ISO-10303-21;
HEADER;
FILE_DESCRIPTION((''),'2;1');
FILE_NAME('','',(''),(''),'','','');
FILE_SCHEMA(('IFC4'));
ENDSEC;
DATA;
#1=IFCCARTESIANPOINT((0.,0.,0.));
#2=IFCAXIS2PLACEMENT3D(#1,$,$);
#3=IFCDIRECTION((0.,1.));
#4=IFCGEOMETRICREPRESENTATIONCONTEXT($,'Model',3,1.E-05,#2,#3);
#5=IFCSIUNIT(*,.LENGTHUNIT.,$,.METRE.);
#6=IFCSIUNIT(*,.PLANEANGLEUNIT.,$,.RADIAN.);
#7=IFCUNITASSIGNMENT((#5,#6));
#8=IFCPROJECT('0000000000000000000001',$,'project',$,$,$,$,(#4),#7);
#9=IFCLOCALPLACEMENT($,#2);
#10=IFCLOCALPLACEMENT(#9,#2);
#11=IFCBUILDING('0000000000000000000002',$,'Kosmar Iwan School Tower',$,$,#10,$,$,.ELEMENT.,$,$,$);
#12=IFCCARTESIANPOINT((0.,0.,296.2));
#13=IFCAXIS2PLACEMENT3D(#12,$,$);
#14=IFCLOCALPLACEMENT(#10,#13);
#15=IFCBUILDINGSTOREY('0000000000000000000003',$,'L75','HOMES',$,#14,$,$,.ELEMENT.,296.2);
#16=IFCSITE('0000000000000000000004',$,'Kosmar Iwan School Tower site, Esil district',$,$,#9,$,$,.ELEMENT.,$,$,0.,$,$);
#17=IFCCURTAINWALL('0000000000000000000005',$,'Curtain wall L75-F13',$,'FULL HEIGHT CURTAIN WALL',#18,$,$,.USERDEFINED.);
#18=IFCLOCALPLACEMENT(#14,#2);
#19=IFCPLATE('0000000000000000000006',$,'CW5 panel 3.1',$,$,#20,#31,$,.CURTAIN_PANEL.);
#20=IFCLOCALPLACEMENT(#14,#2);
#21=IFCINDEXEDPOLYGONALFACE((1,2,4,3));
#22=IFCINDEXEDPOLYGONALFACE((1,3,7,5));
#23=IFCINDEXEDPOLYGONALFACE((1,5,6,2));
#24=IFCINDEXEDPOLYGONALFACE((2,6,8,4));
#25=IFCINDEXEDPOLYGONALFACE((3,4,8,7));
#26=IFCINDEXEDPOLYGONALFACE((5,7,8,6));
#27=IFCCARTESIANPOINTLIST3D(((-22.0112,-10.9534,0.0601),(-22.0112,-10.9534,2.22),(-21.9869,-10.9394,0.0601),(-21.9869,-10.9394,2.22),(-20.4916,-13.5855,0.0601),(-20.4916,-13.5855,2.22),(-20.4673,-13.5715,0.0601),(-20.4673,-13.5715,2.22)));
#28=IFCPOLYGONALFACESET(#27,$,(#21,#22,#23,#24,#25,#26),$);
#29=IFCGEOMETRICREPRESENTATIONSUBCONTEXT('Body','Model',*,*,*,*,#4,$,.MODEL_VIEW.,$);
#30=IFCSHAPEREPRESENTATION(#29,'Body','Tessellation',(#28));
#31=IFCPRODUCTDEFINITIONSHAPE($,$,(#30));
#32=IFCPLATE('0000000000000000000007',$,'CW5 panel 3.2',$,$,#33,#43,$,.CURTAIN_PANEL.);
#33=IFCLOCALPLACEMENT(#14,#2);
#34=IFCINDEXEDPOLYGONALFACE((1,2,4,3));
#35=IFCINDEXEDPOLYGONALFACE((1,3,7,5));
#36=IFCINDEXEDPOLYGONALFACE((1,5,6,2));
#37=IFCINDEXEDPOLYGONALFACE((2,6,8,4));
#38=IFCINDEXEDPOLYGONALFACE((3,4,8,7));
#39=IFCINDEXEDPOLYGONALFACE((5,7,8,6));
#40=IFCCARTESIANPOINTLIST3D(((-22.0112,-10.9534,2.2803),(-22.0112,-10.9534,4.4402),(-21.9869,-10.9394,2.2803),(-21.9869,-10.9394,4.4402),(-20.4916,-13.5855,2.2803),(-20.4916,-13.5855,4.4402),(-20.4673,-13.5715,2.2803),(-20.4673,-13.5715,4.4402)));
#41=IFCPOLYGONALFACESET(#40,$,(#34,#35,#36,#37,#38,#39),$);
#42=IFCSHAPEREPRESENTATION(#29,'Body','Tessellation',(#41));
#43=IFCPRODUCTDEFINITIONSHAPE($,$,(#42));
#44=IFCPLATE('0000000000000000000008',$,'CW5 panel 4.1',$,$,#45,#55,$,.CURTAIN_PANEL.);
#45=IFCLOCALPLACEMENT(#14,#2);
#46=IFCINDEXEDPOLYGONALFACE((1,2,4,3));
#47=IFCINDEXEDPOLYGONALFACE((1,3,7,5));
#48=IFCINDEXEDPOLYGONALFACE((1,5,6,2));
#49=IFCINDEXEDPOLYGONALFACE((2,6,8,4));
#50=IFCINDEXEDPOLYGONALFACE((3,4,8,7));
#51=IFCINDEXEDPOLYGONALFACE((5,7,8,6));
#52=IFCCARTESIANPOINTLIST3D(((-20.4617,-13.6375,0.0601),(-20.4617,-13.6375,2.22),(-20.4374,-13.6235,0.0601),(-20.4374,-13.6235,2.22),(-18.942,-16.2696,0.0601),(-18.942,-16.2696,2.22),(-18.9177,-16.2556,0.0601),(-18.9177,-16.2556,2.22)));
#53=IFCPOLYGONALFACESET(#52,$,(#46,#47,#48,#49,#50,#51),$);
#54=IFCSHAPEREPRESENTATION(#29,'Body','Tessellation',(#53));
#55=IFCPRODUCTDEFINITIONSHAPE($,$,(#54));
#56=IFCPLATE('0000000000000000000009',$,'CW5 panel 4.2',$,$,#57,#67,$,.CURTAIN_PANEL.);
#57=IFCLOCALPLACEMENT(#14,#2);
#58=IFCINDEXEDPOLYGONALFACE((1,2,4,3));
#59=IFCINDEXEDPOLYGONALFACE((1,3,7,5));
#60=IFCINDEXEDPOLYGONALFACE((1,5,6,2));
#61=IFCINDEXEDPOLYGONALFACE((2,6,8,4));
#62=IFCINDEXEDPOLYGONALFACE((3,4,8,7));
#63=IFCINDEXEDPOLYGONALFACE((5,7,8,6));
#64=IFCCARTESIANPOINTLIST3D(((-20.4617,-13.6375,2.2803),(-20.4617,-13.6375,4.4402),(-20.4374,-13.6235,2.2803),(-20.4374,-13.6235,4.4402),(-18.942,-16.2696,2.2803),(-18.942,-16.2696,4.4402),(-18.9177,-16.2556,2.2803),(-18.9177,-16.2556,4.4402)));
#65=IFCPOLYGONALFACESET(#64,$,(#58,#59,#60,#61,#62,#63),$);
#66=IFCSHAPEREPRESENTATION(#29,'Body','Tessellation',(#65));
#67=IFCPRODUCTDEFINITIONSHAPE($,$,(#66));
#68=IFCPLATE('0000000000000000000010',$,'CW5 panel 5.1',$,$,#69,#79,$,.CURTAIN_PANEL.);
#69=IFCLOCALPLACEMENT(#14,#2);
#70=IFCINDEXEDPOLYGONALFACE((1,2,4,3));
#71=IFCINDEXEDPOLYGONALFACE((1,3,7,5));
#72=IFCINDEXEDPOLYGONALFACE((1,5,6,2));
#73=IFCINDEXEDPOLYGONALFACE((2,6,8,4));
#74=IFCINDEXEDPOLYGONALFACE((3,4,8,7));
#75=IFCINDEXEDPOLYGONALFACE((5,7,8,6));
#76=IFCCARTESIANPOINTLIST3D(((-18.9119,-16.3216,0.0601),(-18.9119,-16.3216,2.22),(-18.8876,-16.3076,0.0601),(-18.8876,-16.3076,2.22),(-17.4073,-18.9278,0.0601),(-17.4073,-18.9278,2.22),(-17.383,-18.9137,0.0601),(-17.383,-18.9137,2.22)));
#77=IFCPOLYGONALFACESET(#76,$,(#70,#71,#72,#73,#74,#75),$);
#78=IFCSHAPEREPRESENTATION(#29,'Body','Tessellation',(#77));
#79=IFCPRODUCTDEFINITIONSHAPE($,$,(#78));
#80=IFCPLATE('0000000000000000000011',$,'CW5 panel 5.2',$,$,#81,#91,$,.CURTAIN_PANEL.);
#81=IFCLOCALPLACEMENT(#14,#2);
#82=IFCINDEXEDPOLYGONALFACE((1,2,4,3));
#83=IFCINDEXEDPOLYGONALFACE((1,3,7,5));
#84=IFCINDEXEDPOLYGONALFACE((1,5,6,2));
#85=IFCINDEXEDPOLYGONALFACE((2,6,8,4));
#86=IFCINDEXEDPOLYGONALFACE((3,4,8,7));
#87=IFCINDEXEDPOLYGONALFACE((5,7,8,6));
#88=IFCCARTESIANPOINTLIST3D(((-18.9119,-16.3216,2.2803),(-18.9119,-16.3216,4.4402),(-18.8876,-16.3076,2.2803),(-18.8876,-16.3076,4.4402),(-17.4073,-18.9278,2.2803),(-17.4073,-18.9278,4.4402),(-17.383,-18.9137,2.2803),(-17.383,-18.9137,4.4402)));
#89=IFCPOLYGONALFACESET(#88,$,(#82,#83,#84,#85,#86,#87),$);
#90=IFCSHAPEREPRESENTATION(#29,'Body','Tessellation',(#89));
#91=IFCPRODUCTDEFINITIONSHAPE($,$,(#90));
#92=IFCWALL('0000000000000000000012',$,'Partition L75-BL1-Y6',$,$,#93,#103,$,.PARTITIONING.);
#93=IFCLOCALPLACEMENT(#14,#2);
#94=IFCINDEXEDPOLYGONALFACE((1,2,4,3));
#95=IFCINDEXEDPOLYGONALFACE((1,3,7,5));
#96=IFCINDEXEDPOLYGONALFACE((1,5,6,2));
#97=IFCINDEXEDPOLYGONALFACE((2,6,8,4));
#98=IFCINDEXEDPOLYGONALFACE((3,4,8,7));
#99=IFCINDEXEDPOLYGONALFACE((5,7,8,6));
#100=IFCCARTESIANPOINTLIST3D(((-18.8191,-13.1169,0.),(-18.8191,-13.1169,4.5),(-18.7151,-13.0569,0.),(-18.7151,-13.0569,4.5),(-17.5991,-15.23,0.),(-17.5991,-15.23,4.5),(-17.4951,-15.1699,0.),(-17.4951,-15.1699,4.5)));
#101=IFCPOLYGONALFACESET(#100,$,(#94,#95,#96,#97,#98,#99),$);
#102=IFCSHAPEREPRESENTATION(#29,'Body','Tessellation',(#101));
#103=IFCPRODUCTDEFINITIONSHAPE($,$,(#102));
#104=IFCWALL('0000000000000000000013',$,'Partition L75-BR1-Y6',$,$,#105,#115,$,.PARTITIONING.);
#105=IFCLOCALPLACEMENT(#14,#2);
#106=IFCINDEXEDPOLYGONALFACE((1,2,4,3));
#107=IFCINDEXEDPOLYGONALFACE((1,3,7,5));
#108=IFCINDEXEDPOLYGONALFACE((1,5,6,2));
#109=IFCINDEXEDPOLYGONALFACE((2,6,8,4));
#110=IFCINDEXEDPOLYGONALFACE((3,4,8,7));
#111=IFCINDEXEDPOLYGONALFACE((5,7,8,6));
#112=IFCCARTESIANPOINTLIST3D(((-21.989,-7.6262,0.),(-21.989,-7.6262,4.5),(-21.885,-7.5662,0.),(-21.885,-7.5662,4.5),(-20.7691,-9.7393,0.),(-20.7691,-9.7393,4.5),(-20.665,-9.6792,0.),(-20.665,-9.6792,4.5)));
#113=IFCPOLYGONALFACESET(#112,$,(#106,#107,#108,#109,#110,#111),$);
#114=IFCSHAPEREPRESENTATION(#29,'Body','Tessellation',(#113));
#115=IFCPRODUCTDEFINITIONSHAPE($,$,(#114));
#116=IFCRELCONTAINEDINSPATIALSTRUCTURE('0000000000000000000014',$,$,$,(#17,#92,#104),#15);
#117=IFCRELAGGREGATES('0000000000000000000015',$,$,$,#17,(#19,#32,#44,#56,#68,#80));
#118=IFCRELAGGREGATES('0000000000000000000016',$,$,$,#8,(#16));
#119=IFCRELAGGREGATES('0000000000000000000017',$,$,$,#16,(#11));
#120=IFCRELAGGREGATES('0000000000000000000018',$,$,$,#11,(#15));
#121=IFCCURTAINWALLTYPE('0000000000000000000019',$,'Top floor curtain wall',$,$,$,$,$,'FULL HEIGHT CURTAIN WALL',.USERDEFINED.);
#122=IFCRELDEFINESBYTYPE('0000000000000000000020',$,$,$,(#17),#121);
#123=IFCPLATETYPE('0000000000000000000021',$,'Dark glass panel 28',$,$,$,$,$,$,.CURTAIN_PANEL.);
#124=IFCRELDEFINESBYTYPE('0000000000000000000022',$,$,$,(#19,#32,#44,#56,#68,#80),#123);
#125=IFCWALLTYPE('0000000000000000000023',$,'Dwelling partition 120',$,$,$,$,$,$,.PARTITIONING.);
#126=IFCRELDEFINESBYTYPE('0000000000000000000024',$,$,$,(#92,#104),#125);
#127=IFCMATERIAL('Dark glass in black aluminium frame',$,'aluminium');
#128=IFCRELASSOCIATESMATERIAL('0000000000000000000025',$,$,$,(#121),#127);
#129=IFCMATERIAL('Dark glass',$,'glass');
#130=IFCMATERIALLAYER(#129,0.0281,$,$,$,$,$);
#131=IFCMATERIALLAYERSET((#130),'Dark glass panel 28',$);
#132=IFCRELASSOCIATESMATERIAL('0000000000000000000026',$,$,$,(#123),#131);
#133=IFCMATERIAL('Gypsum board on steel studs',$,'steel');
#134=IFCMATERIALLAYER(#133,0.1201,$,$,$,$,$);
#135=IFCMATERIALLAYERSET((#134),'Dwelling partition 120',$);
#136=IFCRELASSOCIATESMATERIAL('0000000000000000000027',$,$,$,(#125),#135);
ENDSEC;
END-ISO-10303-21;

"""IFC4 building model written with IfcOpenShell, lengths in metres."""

from ifc_helpers import new_model, si_unit, direction, frame, frame_2d, origin, origin_2d, place, context, subcontext, project, spatial, rectangle, extrude, material, layer, layer_set, type_object, element, aggregate, save


model = new_model("IFC4")

# Units and contexts
model_context = context("Model", 3, precision=1e-05, world=origin(), true_north=direction((0.0, 1.0)))
body_context = subcontext(model_context, "Body", "Model", "MODEL_VIEW")
ifc_project = project(units=[si_unit("LENGTHUNIT", "METRE"), si_unit("PLANEANGLEUNIT", "RADIAN")], contexts=[model_context])

# Site, building, storey
site_placement = place(None, origin())
site = spatial("IfcSite", under=ifc_project, at=site_placement, Name="Kosmar Iwan School Tower site, Esil district", CompositionType="ELEMENT", RefElevation=0.0)
building_placement = place(site_placement, origin())
building = spatial("IfcBuilding", under=site, at=building_placement, Name="Kosmar Iwan School Tower", CompositionType="ELEMENT")
storey_placement = place(building_placement, frame((0.0, 0.0, 296.2)))
storey = spatial("IfcBuildingStorey", under=building, at=storey_placement, Name="L75", Description="HOMES", CompositionType="ELEMENT", Elevation=296.2)

# Curtain wall, plates
ifc_material_1 = material(Name="Dark glass in black aluminium frame", Category="aluminium")
curtain_wall_type = type_object("IfcCurtainWallType", Name="Top floor curtain wall", ElementType="FULL HEIGHT CURTAIN WALL", PredefinedType="USERDEFINED", material=ifc_material_1)
curtain_wall_placement = place(storey_placement, origin())
curtain_wall = element("IfcCurtainWall", 1, at=curtain_wall_placement, inside=storey, type_object=curtain_wall_type, Name="Curtain wall L75-F13", ObjectType="FULL HEIGHT CURTAIN WALL", PredefinedType="USERDEFINED")
ifc_material_2 = material(Name="Dark glass", Category="glass")
ifc_layer_1 = layer(ifc_material_2, 0.0281)
ifc_layer_set_1 = layer_set([ifc_layer_1], Name="Dark glass panel 28")
plate_type = type_object("IfcPlateType", Name="Dark glass panel 28", PredefinedType="CURTAIN_PANEL", material=ifc_layer_set_1)
plate_1_placement = place(storey_placement, frame((-21.2393, -12.2625, 0.0601), z_axis=(0.0, 0.0, 1.0), x_axis=(0.5, -0.866025, 0.0)))
plate_1 = element("IfcPlate", 2, at=plate_1_placement, type_object=plate_type, Name="CW5 panel 3.1", PredefinedType="CURTAIN_PANEL", context=body_context, shape_type="SweptSolid", body=[
    extrude(rectangle(XDim=3.0393, YDim=0.0281, at=origin_2d()), origin(), (0.0, 0.0, 1.0), 2.1599),
])
plate_2_placement = place(storey_placement, frame((-21.2393, -12.2625, 2.2803), z_axis=(0.0, 0.0, 1.0), x_axis=(0.5, -0.866025, 0.0)))
plate_2 = element("IfcPlate", 3, at=plate_2_placement, type_object=plate_type, Name="CW5 panel 3.2", PredefinedType="CURTAIN_PANEL", context=body_context, shape_type="SweptSolid", body=[
    extrude(rectangle(XDim=3.0393, YDim=0.0281, at=origin_2d()), origin(), (0.0, 0.0, 1.0), 2.1599),
])
plate_3_placement = place(storey_placement, frame((-19.6897, -14.9465, 0.0601), z_axis=(0.0, 0.0, 1.0), x_axis=(0.5, -0.866025, 0.0)))
plate_3 = element("IfcPlate", 4, at=plate_3_placement, type_object=plate_type, Name="CW5 panel 4.1", PredefinedType="CURTAIN_PANEL", context=body_context, shape_type="SweptSolid", body=[
    extrude(rectangle(XDim=3.0393, YDim=0.0281, at=origin_2d()), origin(), (0.0, 0.0, 1.0), 2.1599),
])
plate_4_placement = place(storey_placement, frame((-19.6897, -14.9465, 2.2803), z_axis=(0.0, 0.0, 1.0), x_axis=(0.5, -0.866025, 0.0)))
plate_4 = element("IfcPlate", 5, at=plate_4_placement, type_object=plate_type, Name="CW5 panel 4.2", PredefinedType="CURTAIN_PANEL", context=body_context, shape_type="SweptSolid", body=[
    extrude(rectangle(XDim=3.0393, YDim=0.0281, at=origin_2d()), origin(), (0.0, 0.0, 1.0), 2.1599),
])
plate_5_placement = place(storey_placement, frame((-18.1475, -17.6177, 0.0601), z_axis=(0.0, 0.0, 1.0), x_axis=(0.5, -0.866025, 0.0)))
plate_5 = element("IfcPlate", 6, at=plate_5_placement, type_object=plate_type, Name="CW5 panel 5.1", PredefinedType="CURTAIN_PANEL", context=body_context, shape_type="SweptSolid", body=[
    extrude(rectangle(XDim=3.0093, YDim=0.0281, at=origin_2d()), origin(), (0.0, 0.0, 1.0), 2.1599),
])
plate_6_placement = place(storey_placement, frame((-18.1475, -17.6177, 2.2803), z_axis=(0.0, 0.0, 1.0), x_axis=(0.5, -0.866025, 0.0)))
plate_6 = element("IfcPlate", 7, at=plate_6_placement, type_object=plate_type, Name="CW5 panel 5.2", PredefinedType="CURTAIN_PANEL", context=body_context, shape_type="SweptSolid", body=[
    extrude(rectangle(XDim=3.0093, YDim=0.0281, at=origin_2d()), origin(), (0.0, 0.0, 1.0), 2.1599),
])
aggregate(curtain_wall, [plate_1, plate_2, plate_3, plate_4, plate_5, plate_6])

# Walls
ifc_material_3 = material(Name="Gypsum board on steel studs", Category="steel")
ifc_layer_2 = layer(ifc_material_3, 0.1201)
ifc_layer_set_2 = layer_set([ifc_layer_2], Name="Dwelling partition 120")
wall_type = type_object("IfcWallType", Name="Dwelling partition 120", PredefinedType="PARTITIONING", material=ifc_layer_set_2)
for number, where, z_axis, x_axis, name in (
    (8, (-18.7671, -13.0869, 0.0), (0.0, 0.0, 1.0), (0.500003, -0.866024, 0.0), "Partition L75-BL1-Y6"),
    (9, (-20.717, -9.7092, 0.0), (0.0, 0.0, 1.0), (-0.500003, 0.866024, 0.0), "Partition L75-BR1-Y6"),
):
    element("IfcWall", number, at=place(storey_placement, frame(where, z_axis=z_axis, x_axis=x_axis)), inside=storey, type_object=wall_type, Name=name, PredefinedType="PARTITIONING", context=body_context, shape_type="SweptSolid", body=[
        extrude(rectangle(XDim=2.4399, YDim=0.1201, at=frame_2d((1.22, 0.0))), origin(), (0.0, 0.0, 1.0), 4.5),
    ])

save(model, "model.ifc")
